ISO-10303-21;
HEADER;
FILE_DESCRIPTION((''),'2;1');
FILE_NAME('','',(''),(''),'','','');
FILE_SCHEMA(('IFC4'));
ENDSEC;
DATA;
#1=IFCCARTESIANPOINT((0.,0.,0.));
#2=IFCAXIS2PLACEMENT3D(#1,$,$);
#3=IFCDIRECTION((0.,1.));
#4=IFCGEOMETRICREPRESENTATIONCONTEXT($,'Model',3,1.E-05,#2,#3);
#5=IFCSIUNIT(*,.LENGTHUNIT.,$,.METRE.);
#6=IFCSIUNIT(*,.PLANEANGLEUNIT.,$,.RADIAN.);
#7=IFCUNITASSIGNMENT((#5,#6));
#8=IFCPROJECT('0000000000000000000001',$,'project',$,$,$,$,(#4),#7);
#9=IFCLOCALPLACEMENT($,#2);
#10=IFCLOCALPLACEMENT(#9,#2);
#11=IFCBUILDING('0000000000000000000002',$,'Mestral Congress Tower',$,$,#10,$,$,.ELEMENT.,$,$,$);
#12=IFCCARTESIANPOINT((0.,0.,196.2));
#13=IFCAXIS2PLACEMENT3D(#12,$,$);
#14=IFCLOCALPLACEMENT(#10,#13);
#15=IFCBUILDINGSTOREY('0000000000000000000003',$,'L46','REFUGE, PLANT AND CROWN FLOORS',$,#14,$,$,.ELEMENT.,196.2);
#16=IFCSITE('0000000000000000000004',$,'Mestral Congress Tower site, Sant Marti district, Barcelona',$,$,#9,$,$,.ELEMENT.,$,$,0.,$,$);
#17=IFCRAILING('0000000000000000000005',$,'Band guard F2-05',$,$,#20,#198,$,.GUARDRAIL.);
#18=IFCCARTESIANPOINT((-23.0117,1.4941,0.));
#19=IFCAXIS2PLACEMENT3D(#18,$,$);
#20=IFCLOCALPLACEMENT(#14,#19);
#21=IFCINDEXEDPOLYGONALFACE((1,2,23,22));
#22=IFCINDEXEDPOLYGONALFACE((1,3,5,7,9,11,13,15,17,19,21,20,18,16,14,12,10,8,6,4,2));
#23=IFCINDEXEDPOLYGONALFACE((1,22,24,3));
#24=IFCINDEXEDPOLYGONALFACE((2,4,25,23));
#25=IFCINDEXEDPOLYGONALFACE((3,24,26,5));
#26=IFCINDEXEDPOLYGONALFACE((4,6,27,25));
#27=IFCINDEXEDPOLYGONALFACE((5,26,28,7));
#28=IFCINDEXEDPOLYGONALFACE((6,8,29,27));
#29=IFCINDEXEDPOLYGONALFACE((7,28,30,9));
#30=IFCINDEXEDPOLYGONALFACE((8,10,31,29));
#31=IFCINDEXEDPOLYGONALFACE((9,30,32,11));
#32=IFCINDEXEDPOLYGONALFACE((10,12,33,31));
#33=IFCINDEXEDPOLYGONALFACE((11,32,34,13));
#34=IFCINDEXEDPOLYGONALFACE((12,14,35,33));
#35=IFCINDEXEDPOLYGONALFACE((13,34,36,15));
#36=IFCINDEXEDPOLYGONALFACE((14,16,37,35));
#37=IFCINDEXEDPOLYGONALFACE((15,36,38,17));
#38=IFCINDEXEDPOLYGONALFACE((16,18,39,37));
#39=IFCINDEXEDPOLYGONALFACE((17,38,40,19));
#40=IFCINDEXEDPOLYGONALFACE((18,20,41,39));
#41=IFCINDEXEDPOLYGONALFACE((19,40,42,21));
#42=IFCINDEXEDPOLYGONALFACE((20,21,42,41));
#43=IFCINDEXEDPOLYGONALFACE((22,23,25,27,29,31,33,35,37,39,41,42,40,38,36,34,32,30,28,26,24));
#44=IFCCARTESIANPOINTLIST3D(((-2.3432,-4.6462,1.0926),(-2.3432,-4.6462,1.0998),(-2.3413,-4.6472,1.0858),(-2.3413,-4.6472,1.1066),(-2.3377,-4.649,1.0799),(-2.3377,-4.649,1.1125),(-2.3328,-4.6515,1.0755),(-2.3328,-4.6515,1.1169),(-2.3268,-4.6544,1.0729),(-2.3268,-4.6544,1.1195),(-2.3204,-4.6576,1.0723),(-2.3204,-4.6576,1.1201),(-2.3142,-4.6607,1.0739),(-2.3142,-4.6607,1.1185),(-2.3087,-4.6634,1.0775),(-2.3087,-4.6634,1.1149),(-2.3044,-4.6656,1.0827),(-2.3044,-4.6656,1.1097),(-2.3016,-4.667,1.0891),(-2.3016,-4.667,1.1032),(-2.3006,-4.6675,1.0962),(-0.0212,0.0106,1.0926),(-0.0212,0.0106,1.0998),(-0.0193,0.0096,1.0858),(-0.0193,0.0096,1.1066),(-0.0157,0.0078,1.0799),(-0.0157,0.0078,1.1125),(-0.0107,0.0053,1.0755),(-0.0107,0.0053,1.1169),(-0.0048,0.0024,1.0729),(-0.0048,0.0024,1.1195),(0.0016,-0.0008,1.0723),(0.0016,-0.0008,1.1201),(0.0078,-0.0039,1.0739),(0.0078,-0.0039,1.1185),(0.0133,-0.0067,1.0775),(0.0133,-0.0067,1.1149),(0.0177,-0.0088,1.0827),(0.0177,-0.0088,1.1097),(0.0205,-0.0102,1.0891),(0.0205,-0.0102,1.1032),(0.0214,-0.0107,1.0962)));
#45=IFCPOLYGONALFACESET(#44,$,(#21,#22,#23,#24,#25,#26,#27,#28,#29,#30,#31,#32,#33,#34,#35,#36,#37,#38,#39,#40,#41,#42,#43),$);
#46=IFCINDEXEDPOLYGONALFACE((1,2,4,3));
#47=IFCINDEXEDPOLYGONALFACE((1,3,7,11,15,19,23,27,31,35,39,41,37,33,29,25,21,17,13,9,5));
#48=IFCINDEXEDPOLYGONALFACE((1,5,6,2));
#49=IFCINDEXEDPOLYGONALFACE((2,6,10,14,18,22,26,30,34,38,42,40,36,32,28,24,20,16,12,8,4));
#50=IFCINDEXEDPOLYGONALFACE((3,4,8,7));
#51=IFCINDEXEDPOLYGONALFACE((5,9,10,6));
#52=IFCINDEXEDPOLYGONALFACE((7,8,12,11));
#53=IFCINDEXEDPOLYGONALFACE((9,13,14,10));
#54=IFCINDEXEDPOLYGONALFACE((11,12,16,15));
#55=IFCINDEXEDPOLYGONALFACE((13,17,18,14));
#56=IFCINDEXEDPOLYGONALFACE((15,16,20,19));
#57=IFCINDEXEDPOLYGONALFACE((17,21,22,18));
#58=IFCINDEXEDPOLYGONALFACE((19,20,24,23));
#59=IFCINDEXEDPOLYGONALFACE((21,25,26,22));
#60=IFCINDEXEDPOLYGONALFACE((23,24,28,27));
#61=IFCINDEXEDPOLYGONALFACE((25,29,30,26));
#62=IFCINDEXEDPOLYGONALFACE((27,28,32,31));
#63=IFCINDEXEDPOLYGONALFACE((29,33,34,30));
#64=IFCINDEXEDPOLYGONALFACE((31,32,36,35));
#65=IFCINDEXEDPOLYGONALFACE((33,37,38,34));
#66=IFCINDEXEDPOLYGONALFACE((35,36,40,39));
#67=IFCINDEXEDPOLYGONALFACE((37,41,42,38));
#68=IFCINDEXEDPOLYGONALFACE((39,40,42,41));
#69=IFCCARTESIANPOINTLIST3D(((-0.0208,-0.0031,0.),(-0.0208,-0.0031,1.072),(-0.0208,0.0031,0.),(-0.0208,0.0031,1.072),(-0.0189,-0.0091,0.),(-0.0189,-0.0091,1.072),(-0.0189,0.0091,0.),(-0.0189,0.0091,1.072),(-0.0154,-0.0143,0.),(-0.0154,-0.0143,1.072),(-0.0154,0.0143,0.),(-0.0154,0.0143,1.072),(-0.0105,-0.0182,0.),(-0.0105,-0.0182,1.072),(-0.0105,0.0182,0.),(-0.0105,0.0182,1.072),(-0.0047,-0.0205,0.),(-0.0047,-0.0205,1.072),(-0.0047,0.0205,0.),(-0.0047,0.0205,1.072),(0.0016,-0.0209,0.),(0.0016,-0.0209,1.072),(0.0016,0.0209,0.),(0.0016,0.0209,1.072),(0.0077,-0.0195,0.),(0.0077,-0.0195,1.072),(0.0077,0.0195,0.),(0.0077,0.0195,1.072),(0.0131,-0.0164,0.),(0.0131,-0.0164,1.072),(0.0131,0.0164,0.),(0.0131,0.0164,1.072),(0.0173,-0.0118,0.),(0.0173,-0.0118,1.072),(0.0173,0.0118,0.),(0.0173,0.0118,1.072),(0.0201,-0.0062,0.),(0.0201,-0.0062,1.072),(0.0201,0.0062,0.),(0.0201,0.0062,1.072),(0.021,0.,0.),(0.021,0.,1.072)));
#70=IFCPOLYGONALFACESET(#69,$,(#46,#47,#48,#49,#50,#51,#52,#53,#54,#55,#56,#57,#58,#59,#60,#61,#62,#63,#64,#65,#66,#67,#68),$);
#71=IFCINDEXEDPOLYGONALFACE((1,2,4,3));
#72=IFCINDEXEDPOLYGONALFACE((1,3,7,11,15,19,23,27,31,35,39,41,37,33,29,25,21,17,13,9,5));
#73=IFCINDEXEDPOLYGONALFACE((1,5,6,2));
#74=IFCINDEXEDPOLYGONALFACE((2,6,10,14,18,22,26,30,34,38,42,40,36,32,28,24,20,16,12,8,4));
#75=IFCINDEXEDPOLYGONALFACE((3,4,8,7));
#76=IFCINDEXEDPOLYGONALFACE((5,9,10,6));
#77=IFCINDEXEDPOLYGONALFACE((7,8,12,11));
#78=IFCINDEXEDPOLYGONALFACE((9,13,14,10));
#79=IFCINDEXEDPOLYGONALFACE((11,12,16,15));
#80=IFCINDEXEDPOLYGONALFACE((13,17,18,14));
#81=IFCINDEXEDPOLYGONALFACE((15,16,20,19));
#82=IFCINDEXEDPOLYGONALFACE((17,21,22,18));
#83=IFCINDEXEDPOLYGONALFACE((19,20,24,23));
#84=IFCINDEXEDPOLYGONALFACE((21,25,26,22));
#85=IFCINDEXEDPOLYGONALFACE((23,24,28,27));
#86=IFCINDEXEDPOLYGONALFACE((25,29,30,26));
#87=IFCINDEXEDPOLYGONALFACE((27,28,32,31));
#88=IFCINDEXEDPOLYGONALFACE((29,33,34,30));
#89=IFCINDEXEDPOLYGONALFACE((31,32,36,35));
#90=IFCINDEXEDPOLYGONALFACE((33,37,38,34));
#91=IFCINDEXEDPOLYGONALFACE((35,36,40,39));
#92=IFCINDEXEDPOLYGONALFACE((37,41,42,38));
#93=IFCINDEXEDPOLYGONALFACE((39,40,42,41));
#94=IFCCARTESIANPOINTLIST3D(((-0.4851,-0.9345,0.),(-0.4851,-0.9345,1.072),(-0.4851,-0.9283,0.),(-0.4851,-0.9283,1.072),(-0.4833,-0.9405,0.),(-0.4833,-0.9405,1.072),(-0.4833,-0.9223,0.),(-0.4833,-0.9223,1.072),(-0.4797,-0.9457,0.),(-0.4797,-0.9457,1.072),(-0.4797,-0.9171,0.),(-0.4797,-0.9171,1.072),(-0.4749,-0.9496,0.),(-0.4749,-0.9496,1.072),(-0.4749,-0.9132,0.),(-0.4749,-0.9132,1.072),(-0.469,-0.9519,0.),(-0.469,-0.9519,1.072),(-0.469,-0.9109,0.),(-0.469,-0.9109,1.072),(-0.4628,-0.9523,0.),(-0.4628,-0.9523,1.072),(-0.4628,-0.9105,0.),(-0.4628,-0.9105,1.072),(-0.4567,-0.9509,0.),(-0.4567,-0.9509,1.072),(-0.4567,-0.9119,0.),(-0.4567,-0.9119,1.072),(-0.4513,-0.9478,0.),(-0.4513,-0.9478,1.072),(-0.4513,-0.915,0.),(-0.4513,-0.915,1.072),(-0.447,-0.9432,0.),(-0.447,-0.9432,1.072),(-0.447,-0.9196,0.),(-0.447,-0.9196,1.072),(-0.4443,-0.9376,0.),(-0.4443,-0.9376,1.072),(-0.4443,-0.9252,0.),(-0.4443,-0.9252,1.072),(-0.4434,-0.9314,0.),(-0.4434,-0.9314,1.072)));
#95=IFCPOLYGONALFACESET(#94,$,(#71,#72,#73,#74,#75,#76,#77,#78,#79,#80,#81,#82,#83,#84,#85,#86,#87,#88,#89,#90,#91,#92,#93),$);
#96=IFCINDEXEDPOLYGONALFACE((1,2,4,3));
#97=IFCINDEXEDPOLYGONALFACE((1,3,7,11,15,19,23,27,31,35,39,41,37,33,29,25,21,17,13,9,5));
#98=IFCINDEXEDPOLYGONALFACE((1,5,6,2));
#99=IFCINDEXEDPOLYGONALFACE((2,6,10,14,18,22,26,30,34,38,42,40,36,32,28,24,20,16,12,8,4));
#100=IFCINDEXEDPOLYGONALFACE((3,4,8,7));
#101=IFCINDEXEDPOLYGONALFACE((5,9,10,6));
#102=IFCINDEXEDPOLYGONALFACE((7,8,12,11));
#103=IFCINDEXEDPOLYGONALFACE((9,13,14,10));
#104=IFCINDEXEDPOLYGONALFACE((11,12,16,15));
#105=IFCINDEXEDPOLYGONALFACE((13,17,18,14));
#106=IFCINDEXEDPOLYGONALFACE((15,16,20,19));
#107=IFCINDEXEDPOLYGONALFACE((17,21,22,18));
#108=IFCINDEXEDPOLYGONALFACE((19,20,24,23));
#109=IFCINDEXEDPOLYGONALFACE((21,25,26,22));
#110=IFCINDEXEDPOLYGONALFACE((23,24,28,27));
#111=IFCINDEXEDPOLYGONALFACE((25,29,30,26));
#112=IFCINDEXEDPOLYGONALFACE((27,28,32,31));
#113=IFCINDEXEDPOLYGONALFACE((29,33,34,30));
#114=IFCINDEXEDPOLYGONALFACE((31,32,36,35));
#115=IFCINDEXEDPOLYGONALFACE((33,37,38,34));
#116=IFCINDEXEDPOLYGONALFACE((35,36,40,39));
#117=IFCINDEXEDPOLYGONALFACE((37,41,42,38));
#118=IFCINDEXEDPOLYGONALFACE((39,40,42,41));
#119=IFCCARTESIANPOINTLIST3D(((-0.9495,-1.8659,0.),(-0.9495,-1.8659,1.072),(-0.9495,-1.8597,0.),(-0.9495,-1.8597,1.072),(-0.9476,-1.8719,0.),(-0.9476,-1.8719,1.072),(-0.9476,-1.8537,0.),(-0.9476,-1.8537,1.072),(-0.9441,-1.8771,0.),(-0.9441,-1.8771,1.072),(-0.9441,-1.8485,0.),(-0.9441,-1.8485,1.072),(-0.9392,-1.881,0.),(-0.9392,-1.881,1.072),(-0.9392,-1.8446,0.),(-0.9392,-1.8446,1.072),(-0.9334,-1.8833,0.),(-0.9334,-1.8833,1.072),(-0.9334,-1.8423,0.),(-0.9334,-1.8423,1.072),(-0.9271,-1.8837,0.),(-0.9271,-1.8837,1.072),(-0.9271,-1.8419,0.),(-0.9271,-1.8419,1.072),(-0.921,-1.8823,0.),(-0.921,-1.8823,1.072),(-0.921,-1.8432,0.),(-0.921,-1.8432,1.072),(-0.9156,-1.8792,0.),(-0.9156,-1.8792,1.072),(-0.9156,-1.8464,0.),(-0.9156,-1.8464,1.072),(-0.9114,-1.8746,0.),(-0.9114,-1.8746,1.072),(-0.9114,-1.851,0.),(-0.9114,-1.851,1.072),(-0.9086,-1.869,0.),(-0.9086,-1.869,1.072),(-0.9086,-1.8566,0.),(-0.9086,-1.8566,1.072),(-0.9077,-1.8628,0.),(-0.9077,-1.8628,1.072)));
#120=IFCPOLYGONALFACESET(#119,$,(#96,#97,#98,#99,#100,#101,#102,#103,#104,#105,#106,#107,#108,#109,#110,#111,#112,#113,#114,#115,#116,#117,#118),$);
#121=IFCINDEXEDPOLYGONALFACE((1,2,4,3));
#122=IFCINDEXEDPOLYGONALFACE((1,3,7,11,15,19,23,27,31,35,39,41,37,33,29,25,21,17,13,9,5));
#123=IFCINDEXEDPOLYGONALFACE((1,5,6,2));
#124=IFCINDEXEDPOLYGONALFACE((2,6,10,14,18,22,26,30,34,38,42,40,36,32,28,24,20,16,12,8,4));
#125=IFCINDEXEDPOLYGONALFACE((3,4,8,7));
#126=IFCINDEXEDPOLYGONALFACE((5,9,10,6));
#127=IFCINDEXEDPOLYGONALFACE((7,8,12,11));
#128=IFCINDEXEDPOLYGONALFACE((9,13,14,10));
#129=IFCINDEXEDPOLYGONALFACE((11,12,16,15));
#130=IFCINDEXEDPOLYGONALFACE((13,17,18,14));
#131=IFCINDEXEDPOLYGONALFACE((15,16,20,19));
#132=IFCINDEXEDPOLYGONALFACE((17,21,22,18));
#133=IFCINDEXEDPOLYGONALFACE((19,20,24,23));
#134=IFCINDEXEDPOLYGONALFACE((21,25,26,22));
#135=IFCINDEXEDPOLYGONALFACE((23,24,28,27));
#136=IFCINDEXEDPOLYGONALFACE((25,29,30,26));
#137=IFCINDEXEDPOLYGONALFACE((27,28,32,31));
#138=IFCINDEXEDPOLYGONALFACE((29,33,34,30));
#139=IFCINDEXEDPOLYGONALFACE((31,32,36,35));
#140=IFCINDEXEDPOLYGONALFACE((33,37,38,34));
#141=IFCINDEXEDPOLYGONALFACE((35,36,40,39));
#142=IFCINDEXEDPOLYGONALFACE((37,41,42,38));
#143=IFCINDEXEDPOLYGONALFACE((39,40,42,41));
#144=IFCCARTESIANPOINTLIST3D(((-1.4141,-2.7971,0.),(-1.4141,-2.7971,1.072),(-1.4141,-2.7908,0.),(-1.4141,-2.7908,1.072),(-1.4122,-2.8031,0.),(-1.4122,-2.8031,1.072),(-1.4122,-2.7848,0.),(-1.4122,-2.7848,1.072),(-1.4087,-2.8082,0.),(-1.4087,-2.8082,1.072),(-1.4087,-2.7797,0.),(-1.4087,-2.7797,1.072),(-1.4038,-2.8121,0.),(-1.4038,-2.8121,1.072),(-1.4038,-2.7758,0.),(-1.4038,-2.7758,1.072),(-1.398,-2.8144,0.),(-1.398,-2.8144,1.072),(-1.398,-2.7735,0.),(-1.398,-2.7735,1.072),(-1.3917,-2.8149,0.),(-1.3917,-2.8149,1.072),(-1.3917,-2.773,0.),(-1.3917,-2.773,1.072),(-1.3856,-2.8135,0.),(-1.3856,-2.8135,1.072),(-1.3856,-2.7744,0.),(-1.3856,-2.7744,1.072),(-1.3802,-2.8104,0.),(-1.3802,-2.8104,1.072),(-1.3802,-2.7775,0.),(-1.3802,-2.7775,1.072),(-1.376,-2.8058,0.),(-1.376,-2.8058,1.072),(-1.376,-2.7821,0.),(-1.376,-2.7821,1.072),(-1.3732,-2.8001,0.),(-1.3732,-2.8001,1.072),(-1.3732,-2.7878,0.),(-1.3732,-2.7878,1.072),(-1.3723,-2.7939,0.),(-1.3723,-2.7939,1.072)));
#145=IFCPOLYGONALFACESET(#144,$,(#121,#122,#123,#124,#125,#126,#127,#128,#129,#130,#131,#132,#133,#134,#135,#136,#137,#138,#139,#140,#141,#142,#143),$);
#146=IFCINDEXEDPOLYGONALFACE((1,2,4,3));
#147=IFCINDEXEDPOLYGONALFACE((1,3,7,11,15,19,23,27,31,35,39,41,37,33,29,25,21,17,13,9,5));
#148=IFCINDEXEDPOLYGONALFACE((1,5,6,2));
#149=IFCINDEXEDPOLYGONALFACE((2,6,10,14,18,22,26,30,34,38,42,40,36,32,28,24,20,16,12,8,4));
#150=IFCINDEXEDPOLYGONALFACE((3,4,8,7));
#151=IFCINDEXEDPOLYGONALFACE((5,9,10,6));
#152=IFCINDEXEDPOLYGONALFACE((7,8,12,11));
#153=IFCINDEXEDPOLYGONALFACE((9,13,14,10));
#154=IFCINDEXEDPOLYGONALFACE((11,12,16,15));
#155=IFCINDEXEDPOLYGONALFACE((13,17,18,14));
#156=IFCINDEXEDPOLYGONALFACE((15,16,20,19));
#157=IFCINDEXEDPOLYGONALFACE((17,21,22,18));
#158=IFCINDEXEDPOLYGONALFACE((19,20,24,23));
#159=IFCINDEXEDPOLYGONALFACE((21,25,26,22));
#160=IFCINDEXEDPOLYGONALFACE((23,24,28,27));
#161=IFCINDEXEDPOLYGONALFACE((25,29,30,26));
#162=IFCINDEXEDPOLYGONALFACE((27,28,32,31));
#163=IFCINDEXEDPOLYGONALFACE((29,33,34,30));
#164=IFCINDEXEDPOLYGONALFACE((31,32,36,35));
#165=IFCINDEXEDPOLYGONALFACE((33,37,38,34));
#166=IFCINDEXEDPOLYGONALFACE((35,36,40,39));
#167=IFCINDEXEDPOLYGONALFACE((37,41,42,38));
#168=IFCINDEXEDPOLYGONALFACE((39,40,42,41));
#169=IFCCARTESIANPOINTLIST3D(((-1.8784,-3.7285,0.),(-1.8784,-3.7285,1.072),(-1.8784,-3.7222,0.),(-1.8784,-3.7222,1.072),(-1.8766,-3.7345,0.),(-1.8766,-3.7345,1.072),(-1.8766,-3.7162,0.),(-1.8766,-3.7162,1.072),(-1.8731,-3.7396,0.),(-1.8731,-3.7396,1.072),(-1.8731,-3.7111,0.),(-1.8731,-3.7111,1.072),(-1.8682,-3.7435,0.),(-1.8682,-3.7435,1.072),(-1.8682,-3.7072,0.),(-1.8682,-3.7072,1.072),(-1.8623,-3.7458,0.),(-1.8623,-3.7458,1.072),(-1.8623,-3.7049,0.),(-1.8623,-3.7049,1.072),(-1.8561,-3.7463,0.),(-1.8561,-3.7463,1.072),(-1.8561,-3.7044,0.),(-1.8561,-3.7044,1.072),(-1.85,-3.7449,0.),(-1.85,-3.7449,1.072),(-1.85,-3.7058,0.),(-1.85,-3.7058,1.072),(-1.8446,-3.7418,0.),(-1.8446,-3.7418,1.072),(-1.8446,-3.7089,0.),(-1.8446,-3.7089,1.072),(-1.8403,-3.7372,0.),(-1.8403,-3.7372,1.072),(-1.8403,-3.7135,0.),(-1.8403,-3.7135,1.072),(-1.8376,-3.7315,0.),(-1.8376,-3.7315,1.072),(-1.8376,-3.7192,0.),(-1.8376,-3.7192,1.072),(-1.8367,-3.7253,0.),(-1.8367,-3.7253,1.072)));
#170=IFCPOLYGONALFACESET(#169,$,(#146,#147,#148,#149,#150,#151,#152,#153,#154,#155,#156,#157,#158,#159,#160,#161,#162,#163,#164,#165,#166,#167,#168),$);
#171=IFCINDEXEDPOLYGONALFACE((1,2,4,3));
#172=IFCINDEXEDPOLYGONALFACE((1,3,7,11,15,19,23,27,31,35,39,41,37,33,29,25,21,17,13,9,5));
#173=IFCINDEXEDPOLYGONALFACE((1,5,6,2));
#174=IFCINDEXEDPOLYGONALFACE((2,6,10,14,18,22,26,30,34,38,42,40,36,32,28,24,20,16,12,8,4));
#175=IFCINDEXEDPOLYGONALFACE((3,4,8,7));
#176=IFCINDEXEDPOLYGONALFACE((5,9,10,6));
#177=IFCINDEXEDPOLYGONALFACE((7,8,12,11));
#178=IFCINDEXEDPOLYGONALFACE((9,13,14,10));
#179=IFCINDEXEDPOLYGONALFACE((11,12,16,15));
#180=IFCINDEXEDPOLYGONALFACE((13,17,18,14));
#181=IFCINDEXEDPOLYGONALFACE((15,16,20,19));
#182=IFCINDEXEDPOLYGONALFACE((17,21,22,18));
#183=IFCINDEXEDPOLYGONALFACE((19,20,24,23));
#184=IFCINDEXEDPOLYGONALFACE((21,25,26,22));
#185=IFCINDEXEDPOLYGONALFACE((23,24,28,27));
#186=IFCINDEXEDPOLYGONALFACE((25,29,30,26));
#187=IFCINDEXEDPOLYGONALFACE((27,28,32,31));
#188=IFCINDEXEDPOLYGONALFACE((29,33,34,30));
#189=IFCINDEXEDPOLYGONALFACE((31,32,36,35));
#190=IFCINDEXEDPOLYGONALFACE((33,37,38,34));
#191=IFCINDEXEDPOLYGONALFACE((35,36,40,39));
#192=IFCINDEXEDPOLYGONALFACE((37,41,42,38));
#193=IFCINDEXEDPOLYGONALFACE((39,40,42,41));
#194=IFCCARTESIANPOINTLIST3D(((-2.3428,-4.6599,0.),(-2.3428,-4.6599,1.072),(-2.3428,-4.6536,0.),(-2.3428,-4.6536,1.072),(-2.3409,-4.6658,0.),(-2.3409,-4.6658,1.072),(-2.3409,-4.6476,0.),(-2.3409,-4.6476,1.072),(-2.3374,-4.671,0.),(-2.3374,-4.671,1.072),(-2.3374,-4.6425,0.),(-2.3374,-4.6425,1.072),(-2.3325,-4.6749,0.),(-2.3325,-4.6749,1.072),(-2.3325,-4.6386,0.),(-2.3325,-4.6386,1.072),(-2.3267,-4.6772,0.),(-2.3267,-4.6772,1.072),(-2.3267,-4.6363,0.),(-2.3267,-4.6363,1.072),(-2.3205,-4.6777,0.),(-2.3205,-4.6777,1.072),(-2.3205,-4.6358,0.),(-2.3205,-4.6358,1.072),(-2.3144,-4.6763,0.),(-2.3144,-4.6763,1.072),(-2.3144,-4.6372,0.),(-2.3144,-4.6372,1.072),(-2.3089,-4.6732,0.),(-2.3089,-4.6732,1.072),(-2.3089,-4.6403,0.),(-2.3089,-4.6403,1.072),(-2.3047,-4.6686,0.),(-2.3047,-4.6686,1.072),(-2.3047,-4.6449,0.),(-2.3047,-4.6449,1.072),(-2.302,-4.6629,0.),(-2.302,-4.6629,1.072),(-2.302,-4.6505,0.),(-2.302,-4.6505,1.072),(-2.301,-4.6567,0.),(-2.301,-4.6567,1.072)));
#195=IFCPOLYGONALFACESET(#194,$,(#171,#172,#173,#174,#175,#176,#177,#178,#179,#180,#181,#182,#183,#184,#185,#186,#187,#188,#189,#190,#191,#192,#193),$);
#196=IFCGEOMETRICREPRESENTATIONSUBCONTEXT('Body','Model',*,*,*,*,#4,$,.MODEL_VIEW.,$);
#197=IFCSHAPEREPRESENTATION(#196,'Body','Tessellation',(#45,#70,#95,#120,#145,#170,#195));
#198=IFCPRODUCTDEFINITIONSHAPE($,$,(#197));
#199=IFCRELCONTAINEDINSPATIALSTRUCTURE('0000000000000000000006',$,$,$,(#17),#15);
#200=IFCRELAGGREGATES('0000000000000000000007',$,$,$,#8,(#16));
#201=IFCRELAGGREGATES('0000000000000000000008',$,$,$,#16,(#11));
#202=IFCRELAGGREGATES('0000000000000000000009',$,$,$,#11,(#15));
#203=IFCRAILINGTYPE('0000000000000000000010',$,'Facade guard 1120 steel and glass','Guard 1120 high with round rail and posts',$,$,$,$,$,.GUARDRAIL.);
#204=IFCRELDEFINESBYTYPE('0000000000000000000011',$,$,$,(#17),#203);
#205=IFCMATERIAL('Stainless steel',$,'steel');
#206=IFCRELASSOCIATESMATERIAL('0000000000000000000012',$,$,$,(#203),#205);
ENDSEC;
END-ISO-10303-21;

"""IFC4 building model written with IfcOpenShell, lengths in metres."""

from ifc_helpers import new_model, si_unit, direction, frame, origin, origin_2d, place, context, subcontext, project, spatial, circle, extrude, material, type_object, element, save


model = new_model("IFC4")

# Units and contexts
model_context = context("Model", 3, precision=1e-05, world=origin(), true_north=direction((0.0, 1.0)))
body_context = subcontext(model_context, "Body", "Model", "MODEL_VIEW")
ifc_project = project(units=[si_unit("LENGTHUNIT", "METRE"), si_unit("PLANEANGLEUNIT", "RADIAN")], contexts=[model_context])

# Site, building, storey
site_placement = place(None, origin())
site = spatial("IfcSite", under=ifc_project, at=site_placement, Name="Mestral Congress Tower site, Sant Marti district, Barcelona", CompositionType="ELEMENT", RefElevation=0.0)
building_placement = place(site_placement, origin())
building = spatial("IfcBuilding", under=site, at=building_placement, Name="Mestral Congress Tower", CompositionType="ELEMENT")
storey_placement = place(building_placement, frame((0.0, 0.0, 196.2)))
storey = spatial("IfcBuildingStorey", under=building, at=storey_placement, Name="L46", Description="REFUGE, PLANT AND CROWN FLOORS", CompositionType="ELEMENT", Elevation=196.2)

# Railing
ifc_material_1 = material(Name="Stainless steel", Category="steel")
railing_type = type_object("IfcRailingType", Name="Facade guard 1120 steel and glass", Description="Guard 1120 high with round rail and posts", PredefinedType="GUARDRAIL", material=ifc_material_1)
railing_placement = place(storey_placement, frame((-23.0117, 1.4941, 0.0)))
element("IfcRailing", 1, at=railing_placement, inside=storey, type_object=railing_type, Name="Band guard F2-05", PredefinedType="GUARDRAIL", context=body_context, shape_type="SweptSolid", body=[
    extrude(circle(Radius=0.0239, at=origin_2d()), frame((0.0, 0.0, 1.0962), z_axis=(-0.446237, -0.894915, 0.0), x_axis=(0.894915, -0.446237, 0.0)), (0.0, 0.0, 1.0), 5.2036),
    extrude(circle(Radius=0.021, at=origin_2d()), origin(), (0.0, 0.0, 1.0), 1.072),
    extrude(circle(Radius=0.021, at=origin_2d()), frame((-0.4644, -0.9314, 0.0)), (0.0, 0.0, 1.0), 1.072),
    extrude(circle(Radius=0.021, at=origin_2d()), frame((-0.9287, -1.8628, 0.0)), (0.0, 0.0, 1.0), 1.072),
    extrude(circle(Radius=0.021, at=origin_2d()), frame((-1.3933, -2.7939, 0.0)), (0.0, 0.0, 1.0), 1.072),
    extrude(circle(Radius=0.021, at=origin_2d()), frame((-1.8577, -3.7253, 0.0)), (0.0, 0.0, 1.0), 1.072),
    extrude(circle(Radius=0.021, at=origin_2d()), frame((-2.322, -4.6567, 0.0)), (0.0, 0.0, 1.0), 1.072),
])

save(model, "model.ifc")
